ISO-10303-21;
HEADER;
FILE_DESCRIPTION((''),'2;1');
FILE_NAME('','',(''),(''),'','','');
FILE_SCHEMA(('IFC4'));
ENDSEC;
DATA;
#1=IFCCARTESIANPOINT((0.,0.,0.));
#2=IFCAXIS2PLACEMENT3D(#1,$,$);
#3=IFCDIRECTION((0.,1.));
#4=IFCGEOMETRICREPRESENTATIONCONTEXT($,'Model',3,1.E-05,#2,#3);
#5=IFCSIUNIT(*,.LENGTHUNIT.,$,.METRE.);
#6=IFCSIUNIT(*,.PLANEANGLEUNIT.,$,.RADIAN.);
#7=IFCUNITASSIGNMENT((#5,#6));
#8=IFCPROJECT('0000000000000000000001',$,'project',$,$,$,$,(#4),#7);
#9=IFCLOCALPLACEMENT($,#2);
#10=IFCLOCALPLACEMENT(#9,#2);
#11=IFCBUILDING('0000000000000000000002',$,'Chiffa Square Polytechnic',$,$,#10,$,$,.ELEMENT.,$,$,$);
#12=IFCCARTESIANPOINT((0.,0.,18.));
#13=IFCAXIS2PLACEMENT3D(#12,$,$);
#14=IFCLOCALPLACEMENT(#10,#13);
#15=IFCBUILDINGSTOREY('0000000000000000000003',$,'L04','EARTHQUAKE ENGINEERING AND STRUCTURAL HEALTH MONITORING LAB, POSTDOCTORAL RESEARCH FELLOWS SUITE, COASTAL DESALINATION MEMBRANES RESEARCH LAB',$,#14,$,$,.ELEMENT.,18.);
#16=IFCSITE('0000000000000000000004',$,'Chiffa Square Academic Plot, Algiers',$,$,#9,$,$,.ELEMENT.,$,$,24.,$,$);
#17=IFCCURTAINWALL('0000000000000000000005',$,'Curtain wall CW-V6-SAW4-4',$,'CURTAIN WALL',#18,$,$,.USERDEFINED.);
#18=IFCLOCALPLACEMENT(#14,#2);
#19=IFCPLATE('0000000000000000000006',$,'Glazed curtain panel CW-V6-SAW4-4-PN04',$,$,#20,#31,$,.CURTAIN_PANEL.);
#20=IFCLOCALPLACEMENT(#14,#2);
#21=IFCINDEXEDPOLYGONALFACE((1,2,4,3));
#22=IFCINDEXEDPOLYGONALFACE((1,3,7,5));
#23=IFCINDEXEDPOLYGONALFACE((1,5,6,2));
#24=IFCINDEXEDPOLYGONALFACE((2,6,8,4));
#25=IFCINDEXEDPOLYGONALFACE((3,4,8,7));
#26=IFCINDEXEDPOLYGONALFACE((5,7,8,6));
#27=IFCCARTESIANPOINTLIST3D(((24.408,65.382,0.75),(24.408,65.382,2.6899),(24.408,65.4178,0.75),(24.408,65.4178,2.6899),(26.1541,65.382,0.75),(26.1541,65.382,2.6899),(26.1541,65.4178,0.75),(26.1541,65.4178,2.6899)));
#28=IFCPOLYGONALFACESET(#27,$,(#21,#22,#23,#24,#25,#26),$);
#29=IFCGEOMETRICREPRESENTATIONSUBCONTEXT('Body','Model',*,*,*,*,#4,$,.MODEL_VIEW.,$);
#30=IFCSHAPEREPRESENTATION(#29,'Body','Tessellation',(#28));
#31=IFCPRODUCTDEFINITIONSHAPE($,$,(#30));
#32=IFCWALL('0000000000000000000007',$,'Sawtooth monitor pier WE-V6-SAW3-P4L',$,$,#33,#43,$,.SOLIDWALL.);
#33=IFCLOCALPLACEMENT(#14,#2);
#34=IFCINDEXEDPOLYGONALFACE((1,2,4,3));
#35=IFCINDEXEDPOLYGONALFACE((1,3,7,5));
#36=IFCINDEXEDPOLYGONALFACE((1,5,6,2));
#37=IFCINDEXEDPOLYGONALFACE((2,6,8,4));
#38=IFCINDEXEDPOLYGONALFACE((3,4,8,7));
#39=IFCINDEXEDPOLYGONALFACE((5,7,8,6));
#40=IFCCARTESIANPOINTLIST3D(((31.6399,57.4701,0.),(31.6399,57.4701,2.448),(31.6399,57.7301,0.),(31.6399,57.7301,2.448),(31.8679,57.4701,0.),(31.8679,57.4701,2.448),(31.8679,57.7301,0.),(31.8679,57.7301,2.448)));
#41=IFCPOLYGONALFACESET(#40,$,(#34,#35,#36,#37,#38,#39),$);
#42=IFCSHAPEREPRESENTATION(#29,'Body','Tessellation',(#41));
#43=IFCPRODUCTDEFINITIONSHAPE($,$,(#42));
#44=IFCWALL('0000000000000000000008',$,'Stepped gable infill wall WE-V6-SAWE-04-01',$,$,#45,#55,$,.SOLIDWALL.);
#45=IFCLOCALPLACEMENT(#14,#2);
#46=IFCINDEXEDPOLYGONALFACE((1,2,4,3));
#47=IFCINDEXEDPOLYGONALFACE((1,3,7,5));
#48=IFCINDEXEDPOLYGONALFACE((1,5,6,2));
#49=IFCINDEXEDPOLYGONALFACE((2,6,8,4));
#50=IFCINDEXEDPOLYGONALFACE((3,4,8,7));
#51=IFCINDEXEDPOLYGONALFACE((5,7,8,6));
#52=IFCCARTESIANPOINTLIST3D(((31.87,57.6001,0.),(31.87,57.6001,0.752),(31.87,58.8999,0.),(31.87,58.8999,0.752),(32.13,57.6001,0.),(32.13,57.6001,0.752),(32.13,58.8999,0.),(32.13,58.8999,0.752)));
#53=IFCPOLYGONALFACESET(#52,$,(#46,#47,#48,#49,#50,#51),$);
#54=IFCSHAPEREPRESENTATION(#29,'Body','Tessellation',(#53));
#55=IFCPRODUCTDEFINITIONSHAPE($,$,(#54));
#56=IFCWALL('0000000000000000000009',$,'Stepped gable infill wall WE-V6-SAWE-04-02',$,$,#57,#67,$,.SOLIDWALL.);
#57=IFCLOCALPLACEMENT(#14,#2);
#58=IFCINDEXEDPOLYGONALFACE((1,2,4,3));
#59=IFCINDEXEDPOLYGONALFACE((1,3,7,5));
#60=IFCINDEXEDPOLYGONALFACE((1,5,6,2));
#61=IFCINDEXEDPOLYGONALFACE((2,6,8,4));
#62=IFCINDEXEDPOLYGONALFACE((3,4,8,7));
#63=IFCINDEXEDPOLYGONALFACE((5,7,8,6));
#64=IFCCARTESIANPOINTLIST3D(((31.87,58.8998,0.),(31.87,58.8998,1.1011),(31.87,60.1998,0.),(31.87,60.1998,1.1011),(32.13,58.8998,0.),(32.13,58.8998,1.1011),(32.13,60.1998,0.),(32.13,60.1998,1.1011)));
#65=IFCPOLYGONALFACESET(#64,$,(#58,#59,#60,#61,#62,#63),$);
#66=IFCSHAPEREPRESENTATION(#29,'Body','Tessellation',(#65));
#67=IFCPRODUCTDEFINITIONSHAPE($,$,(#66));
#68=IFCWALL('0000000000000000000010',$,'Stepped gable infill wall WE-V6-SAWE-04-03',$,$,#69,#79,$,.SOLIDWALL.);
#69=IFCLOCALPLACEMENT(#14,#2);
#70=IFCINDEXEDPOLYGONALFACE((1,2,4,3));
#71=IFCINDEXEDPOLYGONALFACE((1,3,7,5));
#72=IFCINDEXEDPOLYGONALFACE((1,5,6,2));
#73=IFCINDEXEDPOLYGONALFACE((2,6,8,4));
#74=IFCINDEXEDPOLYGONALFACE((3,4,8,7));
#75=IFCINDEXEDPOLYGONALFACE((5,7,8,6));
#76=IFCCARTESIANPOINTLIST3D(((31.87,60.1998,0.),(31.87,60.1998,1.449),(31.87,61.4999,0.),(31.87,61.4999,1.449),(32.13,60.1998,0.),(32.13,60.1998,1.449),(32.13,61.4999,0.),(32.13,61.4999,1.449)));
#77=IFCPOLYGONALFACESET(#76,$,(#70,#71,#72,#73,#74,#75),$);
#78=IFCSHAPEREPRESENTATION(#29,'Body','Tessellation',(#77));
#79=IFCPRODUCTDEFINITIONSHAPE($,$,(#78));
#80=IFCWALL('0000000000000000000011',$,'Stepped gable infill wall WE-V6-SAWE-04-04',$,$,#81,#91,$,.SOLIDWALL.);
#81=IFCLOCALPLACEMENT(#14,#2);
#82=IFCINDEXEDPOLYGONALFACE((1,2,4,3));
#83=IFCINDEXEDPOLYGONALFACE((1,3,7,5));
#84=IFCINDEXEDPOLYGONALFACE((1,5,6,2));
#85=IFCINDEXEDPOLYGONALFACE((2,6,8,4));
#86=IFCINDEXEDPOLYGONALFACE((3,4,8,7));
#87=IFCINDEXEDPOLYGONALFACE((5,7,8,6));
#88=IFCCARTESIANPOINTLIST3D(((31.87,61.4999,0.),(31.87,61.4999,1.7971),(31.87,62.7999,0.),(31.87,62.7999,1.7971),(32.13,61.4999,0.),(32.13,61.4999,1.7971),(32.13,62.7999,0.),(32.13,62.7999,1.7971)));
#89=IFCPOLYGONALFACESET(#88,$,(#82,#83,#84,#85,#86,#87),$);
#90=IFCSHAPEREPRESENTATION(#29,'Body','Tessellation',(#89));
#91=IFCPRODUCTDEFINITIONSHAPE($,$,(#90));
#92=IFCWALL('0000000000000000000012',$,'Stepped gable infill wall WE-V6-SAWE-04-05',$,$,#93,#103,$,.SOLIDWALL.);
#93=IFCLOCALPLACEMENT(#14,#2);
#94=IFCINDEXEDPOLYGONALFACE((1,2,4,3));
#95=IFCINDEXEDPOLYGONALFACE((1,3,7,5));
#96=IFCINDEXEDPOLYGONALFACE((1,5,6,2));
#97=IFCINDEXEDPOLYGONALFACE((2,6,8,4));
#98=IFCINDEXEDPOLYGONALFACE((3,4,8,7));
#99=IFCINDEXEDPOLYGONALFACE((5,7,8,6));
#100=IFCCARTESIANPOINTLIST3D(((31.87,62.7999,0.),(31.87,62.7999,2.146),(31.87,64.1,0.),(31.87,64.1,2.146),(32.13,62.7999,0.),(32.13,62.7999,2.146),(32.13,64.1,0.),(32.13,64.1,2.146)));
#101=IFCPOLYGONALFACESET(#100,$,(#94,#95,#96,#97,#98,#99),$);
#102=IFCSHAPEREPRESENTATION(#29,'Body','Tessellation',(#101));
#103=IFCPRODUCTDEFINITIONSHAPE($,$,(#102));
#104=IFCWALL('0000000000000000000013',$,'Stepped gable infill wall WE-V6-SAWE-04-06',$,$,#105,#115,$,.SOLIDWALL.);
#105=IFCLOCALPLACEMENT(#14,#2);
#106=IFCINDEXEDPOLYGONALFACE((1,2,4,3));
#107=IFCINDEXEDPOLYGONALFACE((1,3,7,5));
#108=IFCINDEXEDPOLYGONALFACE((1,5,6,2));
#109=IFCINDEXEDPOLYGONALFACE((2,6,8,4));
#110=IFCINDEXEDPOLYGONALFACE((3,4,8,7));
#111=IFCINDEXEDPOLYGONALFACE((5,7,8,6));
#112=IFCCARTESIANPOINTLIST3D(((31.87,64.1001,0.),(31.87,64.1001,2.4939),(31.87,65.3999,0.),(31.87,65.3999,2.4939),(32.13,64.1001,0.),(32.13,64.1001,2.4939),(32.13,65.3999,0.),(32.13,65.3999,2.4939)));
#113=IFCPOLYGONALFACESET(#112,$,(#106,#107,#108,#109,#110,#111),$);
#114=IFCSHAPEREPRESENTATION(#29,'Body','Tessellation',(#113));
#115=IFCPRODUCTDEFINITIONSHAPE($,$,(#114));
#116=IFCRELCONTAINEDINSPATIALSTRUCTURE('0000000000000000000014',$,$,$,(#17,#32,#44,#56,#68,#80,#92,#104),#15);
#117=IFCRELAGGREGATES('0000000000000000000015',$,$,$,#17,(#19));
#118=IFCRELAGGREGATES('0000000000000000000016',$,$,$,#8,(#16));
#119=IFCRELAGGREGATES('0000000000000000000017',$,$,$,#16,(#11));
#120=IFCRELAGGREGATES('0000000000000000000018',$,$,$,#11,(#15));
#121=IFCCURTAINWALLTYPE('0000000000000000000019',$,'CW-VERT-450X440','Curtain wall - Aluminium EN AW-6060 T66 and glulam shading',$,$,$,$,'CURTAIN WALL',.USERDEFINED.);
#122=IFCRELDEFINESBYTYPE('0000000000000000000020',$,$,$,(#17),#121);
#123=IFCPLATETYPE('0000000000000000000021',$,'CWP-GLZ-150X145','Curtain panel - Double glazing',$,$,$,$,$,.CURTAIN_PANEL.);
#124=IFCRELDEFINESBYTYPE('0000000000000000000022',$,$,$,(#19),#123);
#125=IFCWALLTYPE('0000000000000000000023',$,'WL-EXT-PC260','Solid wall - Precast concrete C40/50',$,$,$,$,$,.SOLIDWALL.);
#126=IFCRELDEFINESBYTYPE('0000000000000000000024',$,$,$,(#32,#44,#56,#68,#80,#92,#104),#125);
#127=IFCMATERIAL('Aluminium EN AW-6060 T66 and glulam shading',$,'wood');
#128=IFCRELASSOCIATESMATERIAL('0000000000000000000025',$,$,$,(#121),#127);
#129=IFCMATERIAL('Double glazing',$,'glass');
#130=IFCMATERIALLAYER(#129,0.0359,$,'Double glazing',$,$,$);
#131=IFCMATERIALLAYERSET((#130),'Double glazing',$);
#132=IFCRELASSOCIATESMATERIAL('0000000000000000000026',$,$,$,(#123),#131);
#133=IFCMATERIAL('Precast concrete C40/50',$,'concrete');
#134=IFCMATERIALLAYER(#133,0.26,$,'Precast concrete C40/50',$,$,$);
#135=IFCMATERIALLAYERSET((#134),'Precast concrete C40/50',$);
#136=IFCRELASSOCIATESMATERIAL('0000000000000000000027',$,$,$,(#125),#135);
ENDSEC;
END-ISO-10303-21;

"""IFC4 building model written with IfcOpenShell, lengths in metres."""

from ifc_helpers import new_model, si_unit, direction, frame, frame_2d, origin, origin_2d, place, context, subcontext, project, spatial, rectangle, extrude, material, layer, layer_set, type_object, element, aggregate, save


model = new_model("IFC4")

# Units and contexts
model_context = context("Model", 3, precision=1e-05, world=origin(), true_north=direction((0.0, 1.0)))
body_context = subcontext(model_context, "Body", "Model", "MODEL_VIEW")
ifc_project = project(units=[si_unit("LENGTHUNIT", "METRE"), si_unit("PLANEANGLEUNIT", "RADIAN")], contexts=[model_context])

# Site, building, storey
site_placement = place(None, origin())
site = spatial("IfcSite", under=ifc_project, at=site_placement, Name="Chiffa Square Academic Plot, Algiers", CompositionType="ELEMENT", RefElevation=24.0)
building_placement = place(site_placement, origin())
building = spatial("IfcBuilding", under=site, at=building_placement, Name="Chiffa Square Polytechnic", CompositionType="ELEMENT")
storey_placement = place(building_placement, frame((0.0, 0.0, 18.0)))
storey = spatial("IfcBuildingStorey", under=building, at=storey_placement, Name="L04", Description="EARTHQUAKE ENGINEERING AND STRUCTURAL HEALTH MONITORING LAB, POSTDOCTORAL RESEARCH FELLOWS SUITE, COASTAL DESALINATION MEMBRANES RESEARCH LAB", CompositionType="ELEMENT", Elevation=18.0)

# Curtain wall
ifc_material_1 = material(Name="Aluminium EN AW-6060 T66 and glulam shading", Category="wood")
curtain_wall_type_1 = type_object("IfcCurtainWallType", Name="CW-VERT-450X440", Description="Curtain wall - Aluminium EN AW-6060 T66 and glulam shading", ElementType="CURTAIN WALL", PredefinedType="USERDEFINED", material=ifc_material_1)
curtain_wall_1_placement = place(storey_placement, origin())
curtain_wall_1 = element("IfcCurtainWall", 1, at=curtain_wall_1_placement, inside=storey, type_object=curtain_wall_type_1, Name="Curtain wall CW-V6-SAW4-4", ObjectType="CURTAIN WALL", PredefinedType="USERDEFINED")

# Plate
ifc_material_2 = material(Name="Double glazing", Category="glass")
ifc_layer_1 = layer(ifc_material_2, 0.0359, Name="Double glazing")
ifc_layer_set_1 = layer_set([ifc_layer_1], Name="Double glazing")
plate_type = type_object("IfcPlateType", Name="CWP-GLZ-150X145", Description="Curtain panel - Double glazing", PredefinedType="CURTAIN_PANEL", material=ifc_layer_set_1)
plate_1_placement = place(storey_placement, frame((25.281, 65.3999, 0.75), z_axis=(0.0, 0.0, 1.0), x_axis=(-1.0, 0.0, 0.0)))
plate_1 = element("IfcPlate", 2, at=plate_1_placement, type_object=plate_type, Name="Glazed curtain panel CW-V6-SAW4-4-PN04", PredefinedType="CURTAIN_PANEL", context=body_context, shape_type="SweptSolid", body=[
    extrude(rectangle(XDim=1.7461, YDim=0.0359, at=origin_2d()), origin(), (0.0, 0.0, 1.0), 1.9399),
])
aggregate(curtain_wall_1, [plate_1])

# Walls
ifc_material_3 = material(Name="Precast concrete C40/50", Category="concrete")
ifc_layer_2 = layer(ifc_material_3, 0.26, Name="Precast concrete C40/50")
ifc_layer_set_2 = layer_set([ifc_layer_2], Name="Precast concrete C40/50")
wall_type = type_object("IfcWallType", Name="WL-EXT-PC260", Description="Solid wall - Precast concrete C40/50", PredefinedType="SOLIDWALL", material=ifc_layer_set_2)
wall_1_placement = place(storey_placement, frame((31.8679, 57.6001, 0.0), z_axis=(0.0, 0.0, 1.0), x_axis=(-1.0, 0.0, 0.0)))
element("IfcWall", 3, at=wall_1_placement, inside=storey, type_object=wall_type, Name="Sawtooth monitor pier WE-V6-SAW3-P4L", PredefinedType="SOLIDWALL", context=body_context, shape_type="SweptSolid", body=[
    extrude(rectangle(XDim=0.228, YDim=0.26, at=frame_2d((0.114, 0.0))), origin(), (0.0, 0.0, 1.0), 2.448),
])
wall_2_placement = place(storey_placement, frame((32.0, 57.6001, 0.0), z_axis=(0.0, 0.0, 1.0), x_axis=(0.0, 1.0, 0.0)))
element("IfcWall", 4, at=wall_2_placement, inside=storey, type_object=wall_type, Name="Stepped gable infill wall WE-V6-SAWE-04-01", PredefinedType="SOLIDWALL", context=body_context, shape_type="SweptSolid", body=[
    extrude(rectangle(XDim=1.2998, YDim=0.26, at=frame_2d((0.6499, 0.0))), origin(), (0.0, 0.0, 1.0), 0.752),
])
wall_3_placement = place(storey_placement, frame((32.0, 58.8999, 0.0), z_axis=(0.0, 0.0, 1.0), x_axis=(0.0, 1.0, 0.0)))
element("IfcWall", 5, at=wall_3_placement, inside=storey, type_object=wall_type, Name="Stepped gable infill wall WE-V6-SAWE-04-02", PredefinedType="SOLIDWALL", context=body_context, shape_type="SweptSolid", body=[
    extrude(rectangle(XDim=1.3, YDim=0.26, at=frame_2d((0.6499, 0.0))), origin(), (0.0, 0.0, 1.0), 1.1011),
])
wall_4_placement = place(storey_placement, frame((32.0, 60.2, 0.0), z_axis=(0.0, 0.0, 1.0), x_axis=(0.0, 1.0, 0.0)))
element("IfcWall", 6, at=wall_4_placement, inside=storey, type_object=wall_type, Name="Stepped gable infill wall WE-V6-SAWE-04-03", PredefinedType="SOLIDWALL", context=body_context, shape_type="SweptSolid", body=[
    extrude(rectangle(XDim=1.3, YDim=0.26, at=frame_2d((0.6499, 0.0))), origin(), (0.0, 0.0, 1.0), 1.449),
])
wall_5_placement = place(storey_placement, frame((32.0, 61.5, 0.0), z_axis=(0.0, 0.0, 1.0), x_axis=(0.0, 1.0, 0.0)))
element("IfcWall", 7, at=wall_5_placement, inside=storey, type_object=wall_type, Name="Stepped gable infill wall WE-V6-SAWE-04-04", PredefinedType="SOLIDWALL", context=body_context, shape_type="SweptSolid", body=[
    extrude(rectangle(XDim=1.3, YDim=0.26, at=frame_2d((0.6499, 0.0))), origin(), (0.0, 0.0, 1.0), 1.7971),
])
wall_6_placement = place(storey_placement, frame((32.0, 62.8, 0.0), z_axis=(0.0, 0.0, 1.0), x_axis=(0.0, 1.0, 0.0)))
element("IfcWall", 8, at=wall_6_placement, inside=storey, type_object=wall_type, Name="Stepped gable infill wall WE-V6-SAWE-04-05", PredefinedType="SOLIDWALL", context=body_context, shape_type="SweptSolid", body=[
    extrude(rectangle(XDim=1.3, YDim=0.26, at=frame_2d((0.6499, 0.0))), origin(), (0.0, 0.0, 1.0), 2.146),
])
wall_7_placement = place(storey_placement, frame((32.0, 64.1001, 0.0), z_axis=(0.0, 0.0, 1.0), x_axis=(0.0, 1.0, 0.0)))
element("IfcWall", 9, at=wall_7_placement, inside=storey, type_object=wall_type, Name="Stepped gable infill wall WE-V6-SAWE-04-06", PredefinedType="SOLIDWALL", context=body_context, shape_type="SweptSolid", body=[
    extrude(rectangle(XDim=1.2998, YDim=0.26, at=frame_2d((0.6499, 0.0))), origin(), (0.0, 0.0, 1.0), 2.4939),
])

save(model, "model.ifc")
